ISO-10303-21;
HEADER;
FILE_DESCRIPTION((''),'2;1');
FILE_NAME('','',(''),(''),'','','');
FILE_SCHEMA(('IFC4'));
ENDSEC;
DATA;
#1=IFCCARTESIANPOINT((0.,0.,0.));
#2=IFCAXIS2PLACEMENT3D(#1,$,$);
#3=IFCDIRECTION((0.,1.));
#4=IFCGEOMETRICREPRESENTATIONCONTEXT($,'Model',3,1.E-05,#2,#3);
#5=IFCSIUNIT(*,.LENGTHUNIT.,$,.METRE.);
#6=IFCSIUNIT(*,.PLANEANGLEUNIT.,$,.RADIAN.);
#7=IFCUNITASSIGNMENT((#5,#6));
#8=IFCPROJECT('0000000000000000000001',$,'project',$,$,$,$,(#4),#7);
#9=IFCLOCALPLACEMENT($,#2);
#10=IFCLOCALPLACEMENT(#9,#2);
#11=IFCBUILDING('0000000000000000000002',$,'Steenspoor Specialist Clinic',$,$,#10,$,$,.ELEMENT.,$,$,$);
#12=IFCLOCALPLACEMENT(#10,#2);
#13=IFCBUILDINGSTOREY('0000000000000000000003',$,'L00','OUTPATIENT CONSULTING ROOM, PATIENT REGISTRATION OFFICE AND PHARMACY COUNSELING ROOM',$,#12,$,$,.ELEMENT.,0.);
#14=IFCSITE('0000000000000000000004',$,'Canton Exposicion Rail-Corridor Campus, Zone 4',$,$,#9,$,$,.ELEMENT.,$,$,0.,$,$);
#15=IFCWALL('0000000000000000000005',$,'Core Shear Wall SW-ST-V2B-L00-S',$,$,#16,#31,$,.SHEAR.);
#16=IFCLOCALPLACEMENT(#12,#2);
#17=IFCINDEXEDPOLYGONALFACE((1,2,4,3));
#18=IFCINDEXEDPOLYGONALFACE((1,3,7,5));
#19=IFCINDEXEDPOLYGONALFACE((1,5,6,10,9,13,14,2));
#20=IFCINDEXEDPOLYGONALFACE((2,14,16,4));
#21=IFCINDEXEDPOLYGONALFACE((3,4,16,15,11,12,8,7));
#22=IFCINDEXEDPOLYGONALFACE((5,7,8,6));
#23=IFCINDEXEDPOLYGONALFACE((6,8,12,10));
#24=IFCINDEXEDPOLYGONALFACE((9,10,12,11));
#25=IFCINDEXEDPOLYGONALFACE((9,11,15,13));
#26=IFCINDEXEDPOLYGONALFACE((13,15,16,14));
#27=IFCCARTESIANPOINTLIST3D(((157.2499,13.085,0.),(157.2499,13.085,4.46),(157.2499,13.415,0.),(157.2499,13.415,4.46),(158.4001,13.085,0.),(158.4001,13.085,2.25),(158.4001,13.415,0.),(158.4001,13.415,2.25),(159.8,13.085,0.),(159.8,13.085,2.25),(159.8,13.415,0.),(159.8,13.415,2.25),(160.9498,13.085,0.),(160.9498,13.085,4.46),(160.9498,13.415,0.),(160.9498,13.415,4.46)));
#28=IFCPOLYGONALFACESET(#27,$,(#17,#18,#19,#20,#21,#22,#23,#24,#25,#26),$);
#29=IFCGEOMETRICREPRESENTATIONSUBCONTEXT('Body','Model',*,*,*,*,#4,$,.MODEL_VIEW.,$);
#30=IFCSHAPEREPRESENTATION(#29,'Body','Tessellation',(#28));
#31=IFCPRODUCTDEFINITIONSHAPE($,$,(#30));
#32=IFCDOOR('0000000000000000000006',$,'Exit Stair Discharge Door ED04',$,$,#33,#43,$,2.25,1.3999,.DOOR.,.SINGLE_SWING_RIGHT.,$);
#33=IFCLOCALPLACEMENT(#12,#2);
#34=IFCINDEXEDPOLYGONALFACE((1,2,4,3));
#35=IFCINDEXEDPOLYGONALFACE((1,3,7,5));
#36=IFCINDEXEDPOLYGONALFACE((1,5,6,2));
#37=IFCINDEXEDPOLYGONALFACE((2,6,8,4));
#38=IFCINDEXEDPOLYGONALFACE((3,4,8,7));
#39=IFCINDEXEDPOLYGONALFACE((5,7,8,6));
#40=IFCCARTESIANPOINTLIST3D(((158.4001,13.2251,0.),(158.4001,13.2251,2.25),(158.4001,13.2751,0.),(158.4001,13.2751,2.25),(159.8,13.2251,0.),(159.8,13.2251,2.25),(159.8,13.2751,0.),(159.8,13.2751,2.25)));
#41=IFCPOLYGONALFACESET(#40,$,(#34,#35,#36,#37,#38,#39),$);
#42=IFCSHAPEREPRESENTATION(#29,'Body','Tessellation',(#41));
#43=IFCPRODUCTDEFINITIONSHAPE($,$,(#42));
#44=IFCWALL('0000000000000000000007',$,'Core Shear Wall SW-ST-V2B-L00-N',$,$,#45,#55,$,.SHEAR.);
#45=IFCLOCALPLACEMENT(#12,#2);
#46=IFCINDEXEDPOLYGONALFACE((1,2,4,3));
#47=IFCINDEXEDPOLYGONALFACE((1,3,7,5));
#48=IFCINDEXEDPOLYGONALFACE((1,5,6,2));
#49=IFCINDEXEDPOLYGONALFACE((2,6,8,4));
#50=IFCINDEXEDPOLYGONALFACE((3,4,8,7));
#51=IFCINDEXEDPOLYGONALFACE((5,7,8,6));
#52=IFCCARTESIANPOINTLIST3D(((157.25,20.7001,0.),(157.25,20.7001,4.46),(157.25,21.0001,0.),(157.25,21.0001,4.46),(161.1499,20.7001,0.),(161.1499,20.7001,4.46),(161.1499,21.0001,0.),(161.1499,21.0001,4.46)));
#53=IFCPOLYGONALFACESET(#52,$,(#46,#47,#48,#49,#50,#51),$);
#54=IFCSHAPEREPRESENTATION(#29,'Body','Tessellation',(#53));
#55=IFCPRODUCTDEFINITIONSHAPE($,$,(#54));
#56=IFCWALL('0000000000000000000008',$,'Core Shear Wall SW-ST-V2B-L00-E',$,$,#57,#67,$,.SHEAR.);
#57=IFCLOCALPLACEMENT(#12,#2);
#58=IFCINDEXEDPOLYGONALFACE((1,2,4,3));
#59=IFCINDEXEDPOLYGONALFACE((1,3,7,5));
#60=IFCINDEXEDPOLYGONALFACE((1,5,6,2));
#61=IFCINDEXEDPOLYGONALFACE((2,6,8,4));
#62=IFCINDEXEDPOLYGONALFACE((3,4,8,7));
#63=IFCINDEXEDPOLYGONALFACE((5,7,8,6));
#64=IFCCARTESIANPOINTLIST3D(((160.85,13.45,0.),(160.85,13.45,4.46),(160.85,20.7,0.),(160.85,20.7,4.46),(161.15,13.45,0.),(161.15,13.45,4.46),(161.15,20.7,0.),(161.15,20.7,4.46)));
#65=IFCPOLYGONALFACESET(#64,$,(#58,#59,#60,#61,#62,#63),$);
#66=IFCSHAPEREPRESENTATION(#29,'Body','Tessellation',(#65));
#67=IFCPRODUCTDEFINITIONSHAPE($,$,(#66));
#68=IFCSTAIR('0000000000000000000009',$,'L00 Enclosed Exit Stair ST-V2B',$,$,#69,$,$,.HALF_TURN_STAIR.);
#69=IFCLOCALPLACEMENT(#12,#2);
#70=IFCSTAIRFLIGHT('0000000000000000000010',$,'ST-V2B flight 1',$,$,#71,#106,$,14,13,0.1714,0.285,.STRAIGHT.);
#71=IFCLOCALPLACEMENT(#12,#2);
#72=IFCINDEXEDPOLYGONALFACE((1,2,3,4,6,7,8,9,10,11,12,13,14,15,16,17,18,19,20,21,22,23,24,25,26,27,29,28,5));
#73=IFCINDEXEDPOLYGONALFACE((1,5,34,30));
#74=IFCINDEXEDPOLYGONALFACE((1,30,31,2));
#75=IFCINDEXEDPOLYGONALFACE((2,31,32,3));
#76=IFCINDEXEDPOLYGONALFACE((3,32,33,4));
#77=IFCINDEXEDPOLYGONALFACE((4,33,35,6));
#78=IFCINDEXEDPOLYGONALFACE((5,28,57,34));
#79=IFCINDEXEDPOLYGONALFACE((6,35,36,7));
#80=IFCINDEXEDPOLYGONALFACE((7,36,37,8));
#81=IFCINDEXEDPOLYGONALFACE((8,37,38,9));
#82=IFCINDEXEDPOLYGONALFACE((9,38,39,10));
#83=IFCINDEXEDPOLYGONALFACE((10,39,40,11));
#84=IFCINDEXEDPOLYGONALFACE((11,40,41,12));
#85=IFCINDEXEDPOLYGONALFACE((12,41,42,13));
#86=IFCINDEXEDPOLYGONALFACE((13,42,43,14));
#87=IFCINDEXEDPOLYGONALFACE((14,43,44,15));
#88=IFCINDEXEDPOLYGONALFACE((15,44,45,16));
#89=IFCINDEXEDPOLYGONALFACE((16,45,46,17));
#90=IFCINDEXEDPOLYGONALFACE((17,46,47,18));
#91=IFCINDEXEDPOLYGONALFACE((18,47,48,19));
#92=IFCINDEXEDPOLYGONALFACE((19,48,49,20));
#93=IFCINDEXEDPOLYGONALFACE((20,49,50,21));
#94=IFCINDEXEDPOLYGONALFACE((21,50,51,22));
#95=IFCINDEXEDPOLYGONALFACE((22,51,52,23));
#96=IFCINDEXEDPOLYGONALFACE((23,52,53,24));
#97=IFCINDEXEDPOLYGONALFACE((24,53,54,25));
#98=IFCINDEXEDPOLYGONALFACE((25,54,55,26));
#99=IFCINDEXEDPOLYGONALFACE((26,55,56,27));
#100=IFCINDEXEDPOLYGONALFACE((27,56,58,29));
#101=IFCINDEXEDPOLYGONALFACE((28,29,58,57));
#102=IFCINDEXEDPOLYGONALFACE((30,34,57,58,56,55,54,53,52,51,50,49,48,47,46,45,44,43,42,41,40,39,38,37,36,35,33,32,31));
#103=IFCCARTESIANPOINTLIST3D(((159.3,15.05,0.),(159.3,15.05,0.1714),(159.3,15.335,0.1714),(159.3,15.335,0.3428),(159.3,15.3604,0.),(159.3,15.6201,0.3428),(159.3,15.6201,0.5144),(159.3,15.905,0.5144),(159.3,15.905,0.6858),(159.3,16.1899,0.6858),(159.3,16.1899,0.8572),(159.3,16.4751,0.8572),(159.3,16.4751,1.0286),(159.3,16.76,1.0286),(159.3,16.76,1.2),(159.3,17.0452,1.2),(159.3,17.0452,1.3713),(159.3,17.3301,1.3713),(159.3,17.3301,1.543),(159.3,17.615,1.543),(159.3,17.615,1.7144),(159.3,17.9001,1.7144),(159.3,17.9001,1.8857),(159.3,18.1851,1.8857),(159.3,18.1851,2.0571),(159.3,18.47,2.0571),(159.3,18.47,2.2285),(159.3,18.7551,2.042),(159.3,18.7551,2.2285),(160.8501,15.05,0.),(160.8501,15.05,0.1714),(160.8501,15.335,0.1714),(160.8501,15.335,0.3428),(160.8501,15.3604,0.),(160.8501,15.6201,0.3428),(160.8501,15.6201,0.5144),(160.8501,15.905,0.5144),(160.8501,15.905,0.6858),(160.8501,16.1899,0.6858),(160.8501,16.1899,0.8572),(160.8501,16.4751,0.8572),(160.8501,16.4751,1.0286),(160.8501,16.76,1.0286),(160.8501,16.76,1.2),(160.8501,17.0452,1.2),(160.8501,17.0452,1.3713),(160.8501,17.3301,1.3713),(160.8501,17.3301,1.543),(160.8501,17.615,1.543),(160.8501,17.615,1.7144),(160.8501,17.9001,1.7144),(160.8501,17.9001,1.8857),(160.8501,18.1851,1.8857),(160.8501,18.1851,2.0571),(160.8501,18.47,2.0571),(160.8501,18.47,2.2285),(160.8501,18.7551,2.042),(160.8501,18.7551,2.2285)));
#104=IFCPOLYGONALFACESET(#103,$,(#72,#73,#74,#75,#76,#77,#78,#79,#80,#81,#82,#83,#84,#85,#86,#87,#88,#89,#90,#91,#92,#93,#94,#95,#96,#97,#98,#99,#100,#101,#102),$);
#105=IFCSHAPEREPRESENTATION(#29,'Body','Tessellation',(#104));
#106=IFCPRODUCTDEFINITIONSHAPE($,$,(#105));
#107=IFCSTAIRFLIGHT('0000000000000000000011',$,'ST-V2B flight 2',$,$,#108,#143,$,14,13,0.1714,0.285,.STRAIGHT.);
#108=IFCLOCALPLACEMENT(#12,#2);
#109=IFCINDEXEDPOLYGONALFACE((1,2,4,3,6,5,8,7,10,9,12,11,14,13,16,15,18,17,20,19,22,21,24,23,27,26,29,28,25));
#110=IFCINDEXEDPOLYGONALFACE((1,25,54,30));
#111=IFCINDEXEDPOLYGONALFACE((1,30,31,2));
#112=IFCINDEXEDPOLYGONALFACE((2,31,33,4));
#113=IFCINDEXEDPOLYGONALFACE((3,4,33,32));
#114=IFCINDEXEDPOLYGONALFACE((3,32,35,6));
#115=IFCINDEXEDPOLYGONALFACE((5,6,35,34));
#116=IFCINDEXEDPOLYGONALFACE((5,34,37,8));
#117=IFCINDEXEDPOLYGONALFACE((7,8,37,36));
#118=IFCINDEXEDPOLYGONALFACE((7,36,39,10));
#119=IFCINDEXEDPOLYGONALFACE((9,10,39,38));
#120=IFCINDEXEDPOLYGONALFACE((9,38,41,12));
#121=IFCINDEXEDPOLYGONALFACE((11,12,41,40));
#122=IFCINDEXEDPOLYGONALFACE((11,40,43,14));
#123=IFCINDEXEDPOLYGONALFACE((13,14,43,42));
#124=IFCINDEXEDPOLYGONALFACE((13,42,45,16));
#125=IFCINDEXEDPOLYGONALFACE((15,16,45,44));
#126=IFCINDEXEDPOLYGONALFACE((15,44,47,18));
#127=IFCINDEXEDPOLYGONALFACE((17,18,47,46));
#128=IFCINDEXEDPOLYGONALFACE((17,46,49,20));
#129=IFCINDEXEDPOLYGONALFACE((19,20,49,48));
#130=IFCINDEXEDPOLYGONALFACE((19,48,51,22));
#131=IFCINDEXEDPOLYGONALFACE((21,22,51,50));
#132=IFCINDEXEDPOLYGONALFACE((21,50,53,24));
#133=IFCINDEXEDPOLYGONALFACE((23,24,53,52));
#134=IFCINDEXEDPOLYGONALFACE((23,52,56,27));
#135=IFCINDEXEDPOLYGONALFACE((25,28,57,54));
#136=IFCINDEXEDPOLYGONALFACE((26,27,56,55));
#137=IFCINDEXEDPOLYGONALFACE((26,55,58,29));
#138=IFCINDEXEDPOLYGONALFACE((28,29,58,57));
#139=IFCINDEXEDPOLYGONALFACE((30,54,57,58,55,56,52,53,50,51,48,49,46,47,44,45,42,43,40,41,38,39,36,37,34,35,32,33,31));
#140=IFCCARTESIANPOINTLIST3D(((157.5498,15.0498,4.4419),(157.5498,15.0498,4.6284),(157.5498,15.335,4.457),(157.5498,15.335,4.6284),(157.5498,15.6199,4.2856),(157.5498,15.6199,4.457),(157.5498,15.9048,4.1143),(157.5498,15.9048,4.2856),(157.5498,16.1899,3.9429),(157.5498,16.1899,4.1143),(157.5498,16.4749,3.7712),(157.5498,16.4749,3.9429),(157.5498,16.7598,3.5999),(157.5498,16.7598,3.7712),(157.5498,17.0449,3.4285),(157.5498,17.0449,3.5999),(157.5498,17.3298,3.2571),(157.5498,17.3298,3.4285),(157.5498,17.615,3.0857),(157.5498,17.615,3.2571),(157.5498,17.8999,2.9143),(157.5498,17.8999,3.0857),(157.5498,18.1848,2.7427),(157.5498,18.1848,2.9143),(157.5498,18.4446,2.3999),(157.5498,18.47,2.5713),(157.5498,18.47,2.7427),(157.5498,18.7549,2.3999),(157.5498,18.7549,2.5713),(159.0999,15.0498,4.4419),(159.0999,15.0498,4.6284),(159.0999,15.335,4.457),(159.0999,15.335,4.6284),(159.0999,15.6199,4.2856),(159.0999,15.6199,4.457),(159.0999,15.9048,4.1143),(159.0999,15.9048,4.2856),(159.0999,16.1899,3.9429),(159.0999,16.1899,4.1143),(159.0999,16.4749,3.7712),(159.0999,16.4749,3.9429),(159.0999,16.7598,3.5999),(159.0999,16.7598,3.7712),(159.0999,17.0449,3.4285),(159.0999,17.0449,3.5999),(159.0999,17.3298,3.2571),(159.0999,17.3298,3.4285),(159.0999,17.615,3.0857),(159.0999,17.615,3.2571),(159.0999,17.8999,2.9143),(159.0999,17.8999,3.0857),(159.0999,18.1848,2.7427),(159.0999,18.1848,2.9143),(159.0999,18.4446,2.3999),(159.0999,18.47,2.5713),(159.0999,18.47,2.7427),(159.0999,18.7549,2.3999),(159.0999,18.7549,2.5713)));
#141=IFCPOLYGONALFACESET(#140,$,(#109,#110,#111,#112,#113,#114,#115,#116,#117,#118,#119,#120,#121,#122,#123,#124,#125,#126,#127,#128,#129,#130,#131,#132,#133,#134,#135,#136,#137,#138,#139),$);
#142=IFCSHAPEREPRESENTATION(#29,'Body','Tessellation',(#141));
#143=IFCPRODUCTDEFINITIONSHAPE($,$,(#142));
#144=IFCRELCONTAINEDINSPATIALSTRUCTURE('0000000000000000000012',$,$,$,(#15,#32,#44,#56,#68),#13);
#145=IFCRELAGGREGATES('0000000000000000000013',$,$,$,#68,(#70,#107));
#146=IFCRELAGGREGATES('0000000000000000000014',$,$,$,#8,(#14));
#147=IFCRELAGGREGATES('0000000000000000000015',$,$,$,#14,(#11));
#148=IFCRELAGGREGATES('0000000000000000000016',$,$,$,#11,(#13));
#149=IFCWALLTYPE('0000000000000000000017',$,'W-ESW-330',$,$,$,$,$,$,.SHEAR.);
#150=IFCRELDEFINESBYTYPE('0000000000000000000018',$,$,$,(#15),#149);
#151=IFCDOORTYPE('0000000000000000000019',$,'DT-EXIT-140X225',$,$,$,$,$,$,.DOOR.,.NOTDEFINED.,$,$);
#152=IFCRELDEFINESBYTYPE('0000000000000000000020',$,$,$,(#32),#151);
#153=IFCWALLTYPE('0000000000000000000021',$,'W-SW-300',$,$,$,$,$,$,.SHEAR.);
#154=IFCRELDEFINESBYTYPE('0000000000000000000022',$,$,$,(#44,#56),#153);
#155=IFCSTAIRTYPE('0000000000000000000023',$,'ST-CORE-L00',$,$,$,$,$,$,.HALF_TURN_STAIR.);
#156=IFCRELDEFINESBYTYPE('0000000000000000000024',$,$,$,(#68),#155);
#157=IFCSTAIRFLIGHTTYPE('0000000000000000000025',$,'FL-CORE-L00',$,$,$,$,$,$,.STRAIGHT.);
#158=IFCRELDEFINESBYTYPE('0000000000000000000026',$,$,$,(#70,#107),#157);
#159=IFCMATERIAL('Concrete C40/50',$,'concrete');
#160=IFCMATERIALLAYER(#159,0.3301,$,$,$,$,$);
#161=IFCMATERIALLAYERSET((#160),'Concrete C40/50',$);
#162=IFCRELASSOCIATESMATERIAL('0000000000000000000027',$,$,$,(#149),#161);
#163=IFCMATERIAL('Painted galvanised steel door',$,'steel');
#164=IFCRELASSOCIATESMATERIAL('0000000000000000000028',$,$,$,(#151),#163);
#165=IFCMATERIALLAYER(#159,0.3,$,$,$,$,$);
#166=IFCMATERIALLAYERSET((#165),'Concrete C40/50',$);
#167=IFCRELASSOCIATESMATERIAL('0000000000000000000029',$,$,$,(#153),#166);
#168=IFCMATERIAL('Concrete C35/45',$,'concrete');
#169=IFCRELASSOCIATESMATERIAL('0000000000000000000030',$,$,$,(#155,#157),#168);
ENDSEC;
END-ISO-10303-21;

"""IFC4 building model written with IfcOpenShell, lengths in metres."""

from ifc_helpers import new_model, si_unit, direction, frame, frame_2d, origin, place, context, subcontext, project, spatial, polyline, rectangle, outline, extrude, material, layer, layer_set, type_object, element, fill, aggregate, save


model = new_model("IFC4")

# Units and contexts
model_context = context("Model", 3, precision=1e-05, world=origin(), true_north=direction((0.0, 1.0)))
body_context = subcontext(model_context, "Body", "Model", "MODEL_VIEW")
ifc_project = project(units=[si_unit("LENGTHUNIT", "METRE"), si_unit("PLANEANGLEUNIT", "RADIAN")], contexts=[model_context])

# Site, building, storey
site_placement = place(None, origin())
site = spatial("IfcSite", under=ifc_project, at=site_placement, Name="Canton Exposicion Rail-Corridor Campus, Zone 4", CompositionType="ELEMENT", RefElevation=0.0)
building_placement = place(site_placement, origin())
building = spatial("IfcBuilding", under=site, at=building_placement, Name="Steenspoor Specialist Clinic", CompositionType="ELEMENT")
storey_placement = place(building_placement, origin())
storey = spatial("IfcBuildingStorey", under=building, at=storey_placement, Name="L00", Description="OUTPATIENT CONSULTING ROOM, PATIENT REGISTRATION OFFICE AND PHARMACY COUNSELING ROOM", CompositionType="ELEMENT", Elevation=0.0)

# Shared definitions
ifc_material_1 = material(Name="Concrete C35/45", Category="concrete")

# Shared definitions
ifc_material_2 = material(Name="Concrete C40/50", Category="concrete")

# Wall, opening, door
ifc_layer_1 = layer(ifc_material_2, 0.3301)
ifc_layer_set_1 = layer_set([ifc_layer_1], Name="Concrete C40/50")
wall_type_1 = type_object("IfcWallType", Name="W-ESW-330", PredefinedType="SHEAR", material=ifc_layer_set_1)
wall_1_placement = place(storey_placement, frame((160.95, 13.25, 0.0), z_axis=(0.0, 0.0, 1.0), x_axis=(-1.0, 0.0, 0.0)))
wall_1 = element("IfcWall", 1, at=wall_1_placement, inside=storey, type_object=wall_type_1, Name="Core Shear Wall SW-ST-V2B-L00-S", PredefinedType="SHEAR", context=body_context, shape_type="SweptSolid", body=[
    extrude(rectangle(XDim=3.7, YDim=0.3301, at=frame_2d((1.8501, 0.0))), origin(), (0.0, 0.0, 1.0), 4.46),
])
opening_1_placement = place(wall_1_placement, frame((1.1499, 0.0, 0.0)))
opening_1 = element("IfcOpeningElement", 2, at=opening_1_placement, cuts=wall_1, PredefinedType="OPENING", context=body_context, shape_type="SweptSolid", body=[
    extrude(rectangle(XDim=1.3999, YDim=2.25, at=frame_2d((0.7, 1.125))), frame((0.0, 0.175, 0.0), z_axis=(0.0, -1.0, 0.0), x_axis=(1.0, 0.0, 0.0)), (0.0, 0.0, 1.0), 0.3501),
])
ifc_material_3 = material(Name="Painted galvanised steel door", Category="steel")
door_type_1 = type_object("IfcDoorType", Name="DT-EXIT-140X225", OperationType="NOTDEFINED", PredefinedType="DOOR", material=ifc_material_3)
door_1_placement = place(opening_1_placement, origin())
door_1 = element("IfcDoor", 3, at=door_1_placement, inside=storey, type_object=door_type_1, Name="Exit Stair Discharge Door ED04", OperationType="SINGLE_SWING_RIGHT", OverallHeight=2.25, OverallWidth=1.3999, PredefinedType="DOOR", context=body_context, shape_type="SweptSolid", body=[
    extrude(rectangle(XDim=1.3999, YDim=2.25, at=frame_2d((0.7, 1.125))), frame((0.0, 0.0249, 0.0), z_axis=(0.0, -1.0, 0.0), x_axis=(1.0, 0.0, 0.0)), (0.0, 0.0, 1.0), 0.05),
])
fill(opening_1, door_1)

# Wall
ifc_layer_2 = layer(ifc_material_2, 0.3)
ifc_layer_set_2 = layer_set([ifc_layer_2], Name="Concrete C40/50")
wall_type_2 = type_object("IfcWallType", Name="W-SW-300", PredefinedType="SHEAR", material=ifc_layer_set_2)
wall_2_placement = place(storey_placement, frame((157.25, 20.8501, 0.0), z_axis=(0.0, 0.0, 1.0), x_axis=(1.0, 0.0, 0.0)))
element("IfcWall", 4, at=wall_2_placement, inside=storey, type_object=wall_type_2, Name="Core Shear Wall SW-ST-V2B-L00-N", PredefinedType="SHEAR", context=body_context, shape_type="SweptSolid", body=[
    extrude(rectangle(XDim=3.8999, YDim=0.3, at=frame_2d((1.95, 0.0))), origin(), (0.0, 0.0, 1.0), 4.46),
])

# Wall
wall_3_placement = place(storey_placement, frame((161.0, 13.45, 0.0), z_axis=(0.0, 0.0, 1.0), x_axis=(0.0, 1.0, 0.0)))
element("IfcWall", 5, at=wall_3_placement, inside=storey, type_object=wall_type_2, Name="Core Shear Wall SW-ST-V2B-L00-E", PredefinedType="SHEAR", context=body_context, shape_type="SweptSolid", body=[
    extrude(rectangle(XDim=7.25, YDim=0.3, at=frame_2d((3.625, 0.0))), origin(), (0.0, 0.0, 1.0), 4.46),
])

# Stair, stair flights
stair_type = type_object("IfcStairType", Name="ST-CORE-L00", PredefinedType="HALF_TURN_STAIR", material=ifc_material_1)
stair_placement = place(storey_placement, origin())
stair = element("IfcStair", 6, at=stair_placement, inside=storey, type_object=stair_type, Name="L00 Enclosed Exit Stair ST-V2B", PredefinedType="HALF_TURN_STAIR")
stair_flight_type = type_object("IfcStairFlightType", Name="FL-CORE-L00", PredefinedType="STRAIGHT", material=ifc_material_1)
stair_flight_1_placement = place(storey_placement, frame((160.075, 15.05, 0.0), z_axis=(0.0, 0.0, 1.0), x_axis=(0.0, 1.0, 0.0)))
stair_flight_1 = element("IfcStairFlight", 7, at=stair_flight_1_placement, type_object=stair_flight_type, Name="ST-V2B flight 1", NumberOfRisers=14, NumberOfTreads=13, PredefinedType="STRAIGHT", RiserHeight=0.1714, TreadLength=0.285, context=body_context, shape_type="SweptSolid", body=[
    extrude(outline(polyline([(0.0, 0.0), (0.0, 0.1714), (0.2849, 0.1714), (0.2849, 0.3428), (0.5701, 0.3428), (0.5701, 0.5144), (0.855, 0.5144), (0.855, 0.6858), (1.1399, 0.6858), (1.1399, 0.8572), (1.425, 0.8572), (1.425, 1.0286), (1.71, 1.0286), (1.71, 1.2), (1.9951, 1.2), (1.9951, 1.3713), (2.28, 1.3713), (2.28, 1.543), (2.5649, 1.543), (2.5649, 1.7144), (2.8501, 1.7144), (2.8501, 1.8857), (3.135, 1.8857), (3.135, 2.0571), (3.4199, 2.0571), (3.4199, 2.2285), (3.7051, 2.2285), (3.7051, 2.3999), (3.7051, 2.042), (0.3103, 0.0), (0.0, 0.0)])), frame((0.0, 0.7749, 0.0), z_axis=(0.0, -1.0, 0.0), x_axis=(1.0, 0.0, 0.0)), (0.0, 0.0, 1.0), 1.55),
])
stair_flight_2_placement = place(storey_placement, frame((158.325, 18.7549, 2.3999), z_axis=(0.0, 0.0, 1.0), x_axis=(0.0, -1.0, 0.0)))
stair_flight_2 = element("IfcStairFlight", 8, at=stair_flight_2_placement, type_object=stair_flight_type, Name="ST-V2B flight 2", NumberOfRisers=14, NumberOfTreads=13, PredefinedType="STRAIGHT", RiserHeight=0.1714, TreadLength=0.285, context=body_context, shape_type="SweptSolid", body=[
    extrude(outline(polyline([(0.0, 0.0), (0.0, 0.1714), (0.2849, 0.1714), (0.2849, 0.3428), (0.5701, 0.3428), (0.5701, 0.5144), (0.855, 0.5144), (0.855, 0.6858), (1.1399, 0.6858), (1.1399, 0.8572), (1.425, 0.8572), (1.425, 1.0286), (1.71, 1.0286), (1.71, 1.2), (1.9951, 1.2), (1.9951, 1.3713), (2.28, 1.3713), (2.28, 1.543), (2.5649, 1.543), (2.5649, 1.7144), (2.8501, 1.7144), (2.8501, 1.8857), (3.135, 1.8857), (3.135, 2.0571), (3.4199, 2.0571), (3.4199, 2.2285), (3.7051, 2.2285), (3.7051, 2.3999), (3.7051, 2.042), (0.3103, 0.0), (0.0, 0.0)])), frame((0.0, 0.7749, 0.0), z_axis=(0.0, -1.0, 0.0), x_axis=(1.0, 0.0, 0.0)), (0.0, 0.0, 1.0), 1.55),
])
aggregate(stair, [stair_flight_1, stair_flight_2])

save(model, "model.ifc")
